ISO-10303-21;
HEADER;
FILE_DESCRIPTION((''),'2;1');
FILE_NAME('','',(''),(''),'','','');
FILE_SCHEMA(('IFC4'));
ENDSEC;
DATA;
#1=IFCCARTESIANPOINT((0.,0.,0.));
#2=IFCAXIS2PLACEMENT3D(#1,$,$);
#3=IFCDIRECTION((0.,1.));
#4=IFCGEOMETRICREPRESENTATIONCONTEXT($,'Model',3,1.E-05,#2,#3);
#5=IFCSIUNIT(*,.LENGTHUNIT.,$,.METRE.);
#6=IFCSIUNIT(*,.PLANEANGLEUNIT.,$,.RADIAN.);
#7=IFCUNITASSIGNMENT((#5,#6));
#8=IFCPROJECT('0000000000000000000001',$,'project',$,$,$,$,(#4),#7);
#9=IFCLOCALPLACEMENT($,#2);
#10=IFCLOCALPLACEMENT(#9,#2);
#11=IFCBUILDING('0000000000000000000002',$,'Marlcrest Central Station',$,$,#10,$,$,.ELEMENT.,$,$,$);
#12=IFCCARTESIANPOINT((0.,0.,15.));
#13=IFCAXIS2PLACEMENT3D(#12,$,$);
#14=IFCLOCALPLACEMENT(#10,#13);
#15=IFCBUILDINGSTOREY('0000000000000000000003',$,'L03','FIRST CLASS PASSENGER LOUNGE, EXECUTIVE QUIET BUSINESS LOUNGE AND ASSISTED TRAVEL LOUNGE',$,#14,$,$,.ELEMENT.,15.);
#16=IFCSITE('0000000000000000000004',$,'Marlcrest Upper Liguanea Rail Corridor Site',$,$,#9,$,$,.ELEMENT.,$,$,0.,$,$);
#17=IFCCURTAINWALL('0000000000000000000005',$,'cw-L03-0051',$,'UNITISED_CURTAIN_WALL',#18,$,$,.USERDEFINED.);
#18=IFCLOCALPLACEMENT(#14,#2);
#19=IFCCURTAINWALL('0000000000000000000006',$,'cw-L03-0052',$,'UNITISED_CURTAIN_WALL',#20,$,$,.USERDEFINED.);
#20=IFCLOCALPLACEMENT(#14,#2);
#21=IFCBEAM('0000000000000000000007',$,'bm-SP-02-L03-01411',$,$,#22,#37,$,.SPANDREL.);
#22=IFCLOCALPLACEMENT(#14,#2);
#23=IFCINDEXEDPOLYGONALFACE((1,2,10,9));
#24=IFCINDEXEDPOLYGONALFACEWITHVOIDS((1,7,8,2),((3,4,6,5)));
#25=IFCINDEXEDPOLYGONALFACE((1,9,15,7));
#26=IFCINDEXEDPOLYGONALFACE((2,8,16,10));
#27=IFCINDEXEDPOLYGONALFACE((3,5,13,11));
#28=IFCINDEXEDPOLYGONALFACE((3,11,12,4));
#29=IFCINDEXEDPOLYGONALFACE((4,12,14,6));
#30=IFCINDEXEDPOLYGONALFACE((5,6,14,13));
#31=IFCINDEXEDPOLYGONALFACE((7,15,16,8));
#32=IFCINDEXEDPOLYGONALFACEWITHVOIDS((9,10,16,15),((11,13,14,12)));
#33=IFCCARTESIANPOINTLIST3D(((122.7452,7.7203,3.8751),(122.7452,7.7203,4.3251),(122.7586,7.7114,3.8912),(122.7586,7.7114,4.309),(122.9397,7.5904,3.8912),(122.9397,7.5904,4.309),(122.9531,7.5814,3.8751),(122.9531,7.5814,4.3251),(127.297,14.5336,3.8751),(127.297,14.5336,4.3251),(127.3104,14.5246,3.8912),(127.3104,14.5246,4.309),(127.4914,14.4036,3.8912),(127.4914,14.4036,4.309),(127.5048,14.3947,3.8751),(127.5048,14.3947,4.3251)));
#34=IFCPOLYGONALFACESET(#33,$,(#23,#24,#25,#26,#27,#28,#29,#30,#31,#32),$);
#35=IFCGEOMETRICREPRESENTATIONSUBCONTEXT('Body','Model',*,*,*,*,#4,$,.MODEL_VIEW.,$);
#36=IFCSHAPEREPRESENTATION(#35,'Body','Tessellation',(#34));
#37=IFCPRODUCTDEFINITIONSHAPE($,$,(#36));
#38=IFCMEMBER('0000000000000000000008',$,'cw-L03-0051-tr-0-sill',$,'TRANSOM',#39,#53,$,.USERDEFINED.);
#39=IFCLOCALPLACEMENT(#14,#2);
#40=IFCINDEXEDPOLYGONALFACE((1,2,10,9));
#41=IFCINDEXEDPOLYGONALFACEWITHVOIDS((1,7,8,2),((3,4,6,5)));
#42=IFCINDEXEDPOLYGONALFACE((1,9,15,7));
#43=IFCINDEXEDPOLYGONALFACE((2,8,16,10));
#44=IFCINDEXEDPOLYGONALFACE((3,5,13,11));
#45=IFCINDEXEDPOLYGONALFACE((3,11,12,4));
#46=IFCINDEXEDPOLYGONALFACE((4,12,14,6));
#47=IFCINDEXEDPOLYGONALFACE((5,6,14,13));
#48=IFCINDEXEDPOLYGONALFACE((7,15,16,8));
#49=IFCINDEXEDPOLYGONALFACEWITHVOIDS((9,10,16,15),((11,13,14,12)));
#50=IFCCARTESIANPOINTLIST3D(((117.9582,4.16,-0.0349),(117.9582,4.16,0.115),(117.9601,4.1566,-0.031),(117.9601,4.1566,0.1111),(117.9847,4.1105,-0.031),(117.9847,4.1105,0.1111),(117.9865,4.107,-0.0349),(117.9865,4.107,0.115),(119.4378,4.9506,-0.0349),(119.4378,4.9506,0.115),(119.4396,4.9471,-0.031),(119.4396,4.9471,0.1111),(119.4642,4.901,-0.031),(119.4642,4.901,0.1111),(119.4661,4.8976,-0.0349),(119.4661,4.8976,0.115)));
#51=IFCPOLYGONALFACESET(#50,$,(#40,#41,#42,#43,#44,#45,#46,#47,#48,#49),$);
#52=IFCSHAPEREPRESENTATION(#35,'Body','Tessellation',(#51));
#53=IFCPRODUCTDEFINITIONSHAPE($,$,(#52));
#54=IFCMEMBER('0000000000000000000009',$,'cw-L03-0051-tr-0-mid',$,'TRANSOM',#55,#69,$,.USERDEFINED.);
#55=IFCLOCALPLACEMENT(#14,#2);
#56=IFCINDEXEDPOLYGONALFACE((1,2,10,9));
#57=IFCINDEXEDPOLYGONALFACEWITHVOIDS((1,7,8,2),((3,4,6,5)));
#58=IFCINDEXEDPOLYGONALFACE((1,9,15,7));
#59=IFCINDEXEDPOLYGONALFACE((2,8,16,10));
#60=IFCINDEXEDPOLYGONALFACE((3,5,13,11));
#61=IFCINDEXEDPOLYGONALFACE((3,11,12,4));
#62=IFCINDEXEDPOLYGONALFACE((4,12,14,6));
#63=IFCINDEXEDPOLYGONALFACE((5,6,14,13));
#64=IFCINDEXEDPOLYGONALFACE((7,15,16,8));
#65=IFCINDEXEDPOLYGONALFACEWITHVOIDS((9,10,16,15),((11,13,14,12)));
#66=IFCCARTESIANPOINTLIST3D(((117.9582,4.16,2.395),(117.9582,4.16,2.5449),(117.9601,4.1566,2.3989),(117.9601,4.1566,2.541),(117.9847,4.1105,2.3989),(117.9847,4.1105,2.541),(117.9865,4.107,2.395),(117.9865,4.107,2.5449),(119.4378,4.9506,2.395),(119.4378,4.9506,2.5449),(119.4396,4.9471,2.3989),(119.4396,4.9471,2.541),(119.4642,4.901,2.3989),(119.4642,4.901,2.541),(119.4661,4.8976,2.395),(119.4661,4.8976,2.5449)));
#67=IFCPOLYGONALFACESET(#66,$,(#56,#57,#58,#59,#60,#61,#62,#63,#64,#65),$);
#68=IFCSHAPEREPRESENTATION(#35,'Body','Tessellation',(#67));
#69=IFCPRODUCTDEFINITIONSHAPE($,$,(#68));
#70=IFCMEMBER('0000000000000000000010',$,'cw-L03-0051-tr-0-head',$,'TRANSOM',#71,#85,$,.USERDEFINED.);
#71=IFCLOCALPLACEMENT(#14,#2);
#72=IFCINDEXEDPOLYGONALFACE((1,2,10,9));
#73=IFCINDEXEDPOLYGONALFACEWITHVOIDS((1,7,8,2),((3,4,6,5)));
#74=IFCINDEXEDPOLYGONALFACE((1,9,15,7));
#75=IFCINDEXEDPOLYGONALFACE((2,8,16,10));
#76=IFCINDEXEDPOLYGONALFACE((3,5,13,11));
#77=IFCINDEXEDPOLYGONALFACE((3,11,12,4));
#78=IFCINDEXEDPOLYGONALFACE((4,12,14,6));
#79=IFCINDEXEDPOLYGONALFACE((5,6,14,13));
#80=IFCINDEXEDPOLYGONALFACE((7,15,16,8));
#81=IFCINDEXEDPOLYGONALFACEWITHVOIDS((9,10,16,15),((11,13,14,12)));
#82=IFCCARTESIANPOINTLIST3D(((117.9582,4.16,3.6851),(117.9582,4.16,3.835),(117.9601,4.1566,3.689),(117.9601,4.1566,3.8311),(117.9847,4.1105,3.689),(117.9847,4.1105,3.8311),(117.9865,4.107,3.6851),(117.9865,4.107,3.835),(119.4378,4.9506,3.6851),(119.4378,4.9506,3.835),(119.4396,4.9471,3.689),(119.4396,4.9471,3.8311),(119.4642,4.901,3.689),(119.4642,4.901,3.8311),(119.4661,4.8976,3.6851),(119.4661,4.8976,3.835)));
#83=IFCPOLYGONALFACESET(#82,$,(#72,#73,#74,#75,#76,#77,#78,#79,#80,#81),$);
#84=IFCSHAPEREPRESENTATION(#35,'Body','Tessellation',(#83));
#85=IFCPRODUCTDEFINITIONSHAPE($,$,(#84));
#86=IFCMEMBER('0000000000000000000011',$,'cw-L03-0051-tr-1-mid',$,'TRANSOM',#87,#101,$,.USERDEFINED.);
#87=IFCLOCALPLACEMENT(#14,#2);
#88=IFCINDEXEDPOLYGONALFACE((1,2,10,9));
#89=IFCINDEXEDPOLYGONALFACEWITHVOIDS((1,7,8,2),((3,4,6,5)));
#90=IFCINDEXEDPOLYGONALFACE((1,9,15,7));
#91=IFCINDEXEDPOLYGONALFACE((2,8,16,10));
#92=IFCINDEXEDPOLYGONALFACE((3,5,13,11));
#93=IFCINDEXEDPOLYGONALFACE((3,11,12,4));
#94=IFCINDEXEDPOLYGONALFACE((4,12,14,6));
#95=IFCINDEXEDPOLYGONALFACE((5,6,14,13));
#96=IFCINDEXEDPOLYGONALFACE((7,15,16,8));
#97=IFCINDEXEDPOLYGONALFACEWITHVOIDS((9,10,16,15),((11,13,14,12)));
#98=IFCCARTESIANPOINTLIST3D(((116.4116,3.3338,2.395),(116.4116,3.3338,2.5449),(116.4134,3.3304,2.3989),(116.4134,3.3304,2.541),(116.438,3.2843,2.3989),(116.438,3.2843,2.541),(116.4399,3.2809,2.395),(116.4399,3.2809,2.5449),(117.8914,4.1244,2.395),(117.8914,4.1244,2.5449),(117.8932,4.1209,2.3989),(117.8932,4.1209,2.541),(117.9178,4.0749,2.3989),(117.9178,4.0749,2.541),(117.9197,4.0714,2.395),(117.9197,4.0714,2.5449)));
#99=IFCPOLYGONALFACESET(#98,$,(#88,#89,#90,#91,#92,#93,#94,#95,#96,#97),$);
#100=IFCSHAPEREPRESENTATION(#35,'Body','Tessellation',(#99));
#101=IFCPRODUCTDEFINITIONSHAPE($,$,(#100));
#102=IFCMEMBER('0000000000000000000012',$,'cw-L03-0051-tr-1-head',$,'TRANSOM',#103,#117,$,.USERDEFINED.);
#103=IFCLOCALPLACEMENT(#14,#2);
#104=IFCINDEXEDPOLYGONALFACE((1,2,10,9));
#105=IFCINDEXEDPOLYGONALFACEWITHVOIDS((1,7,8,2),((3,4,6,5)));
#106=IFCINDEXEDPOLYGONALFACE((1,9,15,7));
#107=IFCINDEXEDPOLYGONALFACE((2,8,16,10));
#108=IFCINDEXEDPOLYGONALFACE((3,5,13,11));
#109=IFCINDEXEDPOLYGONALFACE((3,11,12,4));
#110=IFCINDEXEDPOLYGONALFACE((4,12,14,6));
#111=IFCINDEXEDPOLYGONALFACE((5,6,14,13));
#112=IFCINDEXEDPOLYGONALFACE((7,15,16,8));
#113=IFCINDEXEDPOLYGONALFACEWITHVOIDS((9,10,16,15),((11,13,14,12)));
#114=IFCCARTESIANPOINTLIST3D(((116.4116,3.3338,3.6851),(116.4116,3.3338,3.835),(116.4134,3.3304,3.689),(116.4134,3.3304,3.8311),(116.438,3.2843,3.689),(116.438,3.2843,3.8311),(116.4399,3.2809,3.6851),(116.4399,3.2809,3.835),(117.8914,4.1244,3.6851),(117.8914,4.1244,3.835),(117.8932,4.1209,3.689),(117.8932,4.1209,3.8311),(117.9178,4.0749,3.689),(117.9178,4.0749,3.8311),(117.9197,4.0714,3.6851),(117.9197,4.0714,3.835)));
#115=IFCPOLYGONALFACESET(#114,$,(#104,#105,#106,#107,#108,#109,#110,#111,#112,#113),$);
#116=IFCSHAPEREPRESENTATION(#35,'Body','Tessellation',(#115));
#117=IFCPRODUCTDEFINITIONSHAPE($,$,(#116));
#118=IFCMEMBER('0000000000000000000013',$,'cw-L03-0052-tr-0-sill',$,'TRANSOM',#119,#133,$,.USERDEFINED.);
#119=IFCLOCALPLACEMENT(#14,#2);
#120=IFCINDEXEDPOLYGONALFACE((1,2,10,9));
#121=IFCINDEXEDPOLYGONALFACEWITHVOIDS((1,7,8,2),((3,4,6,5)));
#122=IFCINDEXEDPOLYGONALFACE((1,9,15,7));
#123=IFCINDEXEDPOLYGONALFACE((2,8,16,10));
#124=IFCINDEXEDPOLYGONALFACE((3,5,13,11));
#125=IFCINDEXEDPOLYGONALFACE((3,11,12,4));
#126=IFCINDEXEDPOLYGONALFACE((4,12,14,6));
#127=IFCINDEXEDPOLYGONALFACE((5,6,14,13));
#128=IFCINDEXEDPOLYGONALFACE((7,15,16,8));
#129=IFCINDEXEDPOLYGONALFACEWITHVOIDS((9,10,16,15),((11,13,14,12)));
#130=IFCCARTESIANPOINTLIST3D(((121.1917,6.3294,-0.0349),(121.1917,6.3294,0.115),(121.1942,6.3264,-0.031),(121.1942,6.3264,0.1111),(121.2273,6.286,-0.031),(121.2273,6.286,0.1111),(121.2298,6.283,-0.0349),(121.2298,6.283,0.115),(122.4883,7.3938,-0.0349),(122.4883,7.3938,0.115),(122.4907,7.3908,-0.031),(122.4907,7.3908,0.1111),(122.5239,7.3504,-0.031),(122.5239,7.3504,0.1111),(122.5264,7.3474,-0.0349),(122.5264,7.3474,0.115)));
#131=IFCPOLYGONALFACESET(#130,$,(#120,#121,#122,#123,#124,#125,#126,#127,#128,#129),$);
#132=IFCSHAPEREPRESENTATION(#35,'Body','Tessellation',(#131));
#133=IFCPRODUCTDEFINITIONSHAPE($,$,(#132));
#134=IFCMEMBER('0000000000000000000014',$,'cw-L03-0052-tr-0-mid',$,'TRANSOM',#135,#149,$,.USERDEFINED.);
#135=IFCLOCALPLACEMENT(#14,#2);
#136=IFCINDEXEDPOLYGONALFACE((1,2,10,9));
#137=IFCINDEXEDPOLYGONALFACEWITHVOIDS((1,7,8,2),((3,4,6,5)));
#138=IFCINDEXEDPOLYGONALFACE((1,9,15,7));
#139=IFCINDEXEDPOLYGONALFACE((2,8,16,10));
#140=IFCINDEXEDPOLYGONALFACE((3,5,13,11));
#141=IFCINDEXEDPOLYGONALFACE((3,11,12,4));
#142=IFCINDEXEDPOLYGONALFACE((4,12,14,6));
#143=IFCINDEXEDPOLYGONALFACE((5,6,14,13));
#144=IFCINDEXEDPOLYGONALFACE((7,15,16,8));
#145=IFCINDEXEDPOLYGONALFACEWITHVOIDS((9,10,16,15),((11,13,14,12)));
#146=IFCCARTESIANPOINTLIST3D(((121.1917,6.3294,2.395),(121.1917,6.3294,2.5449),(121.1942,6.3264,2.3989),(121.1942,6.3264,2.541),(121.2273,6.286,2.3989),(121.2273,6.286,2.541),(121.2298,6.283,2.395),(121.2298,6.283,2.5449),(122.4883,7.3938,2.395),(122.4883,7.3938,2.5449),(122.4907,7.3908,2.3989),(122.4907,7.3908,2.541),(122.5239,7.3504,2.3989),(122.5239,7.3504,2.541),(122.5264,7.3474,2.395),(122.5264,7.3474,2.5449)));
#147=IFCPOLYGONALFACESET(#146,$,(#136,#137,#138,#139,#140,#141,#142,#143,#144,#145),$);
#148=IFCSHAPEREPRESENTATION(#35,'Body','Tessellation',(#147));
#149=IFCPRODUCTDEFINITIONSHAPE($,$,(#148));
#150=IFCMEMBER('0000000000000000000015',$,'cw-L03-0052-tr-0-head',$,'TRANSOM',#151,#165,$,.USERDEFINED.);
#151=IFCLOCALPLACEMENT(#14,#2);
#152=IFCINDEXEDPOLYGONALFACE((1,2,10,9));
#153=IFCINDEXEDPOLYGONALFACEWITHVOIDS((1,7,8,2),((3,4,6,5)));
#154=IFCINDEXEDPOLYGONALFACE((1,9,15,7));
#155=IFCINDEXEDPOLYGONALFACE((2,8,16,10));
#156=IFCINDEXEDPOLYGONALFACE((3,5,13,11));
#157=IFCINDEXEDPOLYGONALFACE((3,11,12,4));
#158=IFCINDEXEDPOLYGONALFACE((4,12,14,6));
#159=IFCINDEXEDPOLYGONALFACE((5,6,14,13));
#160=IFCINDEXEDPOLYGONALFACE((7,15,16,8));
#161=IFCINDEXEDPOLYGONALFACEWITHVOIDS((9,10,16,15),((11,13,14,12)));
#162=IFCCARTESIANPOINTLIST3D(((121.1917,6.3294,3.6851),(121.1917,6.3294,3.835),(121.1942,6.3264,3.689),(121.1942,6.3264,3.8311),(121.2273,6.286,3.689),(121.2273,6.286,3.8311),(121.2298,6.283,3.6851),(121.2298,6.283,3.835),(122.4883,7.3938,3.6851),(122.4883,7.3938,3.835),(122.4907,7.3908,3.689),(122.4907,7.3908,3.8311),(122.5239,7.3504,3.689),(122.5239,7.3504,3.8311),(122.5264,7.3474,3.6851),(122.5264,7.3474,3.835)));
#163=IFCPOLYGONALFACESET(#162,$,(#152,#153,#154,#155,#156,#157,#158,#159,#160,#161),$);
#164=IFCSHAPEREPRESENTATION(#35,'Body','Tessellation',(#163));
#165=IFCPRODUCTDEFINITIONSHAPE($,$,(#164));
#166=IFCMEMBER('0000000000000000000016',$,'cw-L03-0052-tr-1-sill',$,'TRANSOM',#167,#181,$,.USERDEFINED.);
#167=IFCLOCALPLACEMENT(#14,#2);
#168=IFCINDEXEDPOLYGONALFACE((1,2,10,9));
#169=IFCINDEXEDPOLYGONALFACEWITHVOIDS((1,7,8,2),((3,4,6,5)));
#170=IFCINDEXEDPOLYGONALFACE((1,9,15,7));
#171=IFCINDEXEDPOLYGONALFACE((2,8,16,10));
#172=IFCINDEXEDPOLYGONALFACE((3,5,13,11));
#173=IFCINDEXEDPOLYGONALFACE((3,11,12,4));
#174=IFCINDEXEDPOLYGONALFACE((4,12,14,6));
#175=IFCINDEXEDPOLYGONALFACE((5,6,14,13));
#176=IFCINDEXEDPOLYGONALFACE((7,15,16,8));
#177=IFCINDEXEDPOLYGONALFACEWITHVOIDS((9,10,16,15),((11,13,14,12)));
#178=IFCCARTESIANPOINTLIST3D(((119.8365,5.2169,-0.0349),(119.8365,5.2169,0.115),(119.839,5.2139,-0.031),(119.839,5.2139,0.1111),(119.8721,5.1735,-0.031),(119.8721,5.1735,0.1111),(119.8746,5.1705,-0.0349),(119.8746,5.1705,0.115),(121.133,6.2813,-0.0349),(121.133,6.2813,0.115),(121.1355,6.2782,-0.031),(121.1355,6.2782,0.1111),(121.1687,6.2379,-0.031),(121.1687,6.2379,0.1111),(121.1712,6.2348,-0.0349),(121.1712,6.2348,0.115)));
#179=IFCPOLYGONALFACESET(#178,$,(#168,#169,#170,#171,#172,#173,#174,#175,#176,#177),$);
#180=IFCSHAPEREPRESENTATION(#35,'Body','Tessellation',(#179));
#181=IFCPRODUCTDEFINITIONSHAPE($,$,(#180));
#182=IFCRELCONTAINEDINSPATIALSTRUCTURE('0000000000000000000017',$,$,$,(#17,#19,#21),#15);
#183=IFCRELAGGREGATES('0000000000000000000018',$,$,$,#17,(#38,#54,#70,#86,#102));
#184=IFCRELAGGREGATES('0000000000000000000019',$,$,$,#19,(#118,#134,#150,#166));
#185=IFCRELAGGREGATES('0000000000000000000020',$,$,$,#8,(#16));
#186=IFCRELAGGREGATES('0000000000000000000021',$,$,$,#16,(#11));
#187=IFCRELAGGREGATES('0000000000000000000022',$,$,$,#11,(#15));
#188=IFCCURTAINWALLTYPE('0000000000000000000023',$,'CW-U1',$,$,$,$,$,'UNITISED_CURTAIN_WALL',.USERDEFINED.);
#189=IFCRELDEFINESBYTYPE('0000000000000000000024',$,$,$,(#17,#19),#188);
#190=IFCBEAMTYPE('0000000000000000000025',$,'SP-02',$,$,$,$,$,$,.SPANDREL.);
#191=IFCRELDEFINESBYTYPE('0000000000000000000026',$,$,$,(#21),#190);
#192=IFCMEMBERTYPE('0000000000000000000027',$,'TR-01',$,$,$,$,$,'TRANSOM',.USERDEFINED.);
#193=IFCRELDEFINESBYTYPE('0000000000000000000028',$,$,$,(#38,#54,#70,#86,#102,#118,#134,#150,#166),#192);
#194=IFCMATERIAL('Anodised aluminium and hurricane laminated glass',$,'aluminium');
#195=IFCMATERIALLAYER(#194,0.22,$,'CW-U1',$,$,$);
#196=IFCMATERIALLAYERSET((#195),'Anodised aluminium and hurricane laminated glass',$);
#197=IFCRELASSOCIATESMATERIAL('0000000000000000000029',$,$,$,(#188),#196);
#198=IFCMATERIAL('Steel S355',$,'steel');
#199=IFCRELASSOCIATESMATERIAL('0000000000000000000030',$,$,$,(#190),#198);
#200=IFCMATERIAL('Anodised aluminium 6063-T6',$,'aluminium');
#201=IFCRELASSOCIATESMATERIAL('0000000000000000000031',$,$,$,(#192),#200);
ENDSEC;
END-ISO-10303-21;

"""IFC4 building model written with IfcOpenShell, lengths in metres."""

from ifc_helpers import new_model, si_unit, direction, frame, origin, origin_2d, place, context, subcontext, project, spatial, hollow_rectangle, extrude, material, layer, layer_set, material_profile, profile_set, type_object, element, aggregate, save


model = new_model("IFC4")

# Units and contexts
model_context = context("Model", 3, precision=1e-05, world=origin(), true_north=direction((0.0, 1.0)))
body_context = subcontext(model_context, "Body", "Model", "MODEL_VIEW")
ifc_project = project(units=[si_unit("LENGTHUNIT", "METRE"), si_unit("PLANEANGLEUNIT", "RADIAN")], contexts=[model_context])

# Site, building, storey
site_placement = place(None, origin())
site = spatial("IfcSite", under=ifc_project, at=site_placement, Name="Marlcrest Upper Liguanea Rail Corridor Site", CompositionType="ELEMENT", RefElevation=0.0)
building_placement = place(site_placement, origin())
building = spatial("IfcBuilding", under=site, at=building_placement, Name="Marlcrest Central Station", CompositionType="ELEMENT")
storey_placement = place(building_placement, frame((0.0, 0.0, 15.0)))
storey = spatial("IfcBuildingStorey", under=building, at=storey_placement, Name="L03", Description="FIRST CLASS PASSENGER LOUNGE, EXECUTIVE QUIET BUSINESS LOUNGE AND ASSISTED TRAVEL LOUNGE", CompositionType="ELEMENT", Elevation=15.0)

# Shared definitions
ifc_material_1 = material(Name="Steel S355", Category="steel")

# Curtain walls
ifc_material_2 = material(Name="Anodised aluminium and hurricane laminated glass", Category="aluminium")
ifc_layer_1 = layer(ifc_material_2, 0.22, Name="CW-U1")
ifc_layer_set_1 = layer_set([ifc_layer_1], Name="Anodised aluminium and hurricane laminated glass")
curtain_wall_type = type_object("IfcCurtainWallType", Name="CW-U1", ElementType="UNITISED_CURTAIN_WALL", PredefinedType="USERDEFINED", material=ifc_layer_set_1)
curtain_wall_1_placement = place(storey_placement, origin())
curtain_wall_1 = element("IfcCurtainWall", 1, at=curtain_wall_1_placement, inside=storey, type_object=curtain_wall_type, Name="cw-L03-0051", ObjectType="UNITISED_CURTAIN_WALL", PredefinedType="USERDEFINED")
ifc_material_3 = material(Name="Anodised aluminium 6063-T6", Category="aluminium")
curtain_wall_2_placement = place(storey_placement, origin())
curtain_wall_2 = element("IfcCurtainWall", 2, at=curtain_wall_2_placement, inside=storey, type_object=curtain_wall_type, Name="cw-L03-0052", ObjectType="UNITISED_CURTAIN_WALL", PredefinedType="USERDEFINED")

# Beam
ifc_material_profile_1 = material_profile(ifc_material_1, hollow_rectangle(XDim=0.25, YDim=0.45, WallThickness=0.0161, at=origin_2d()), Name="RHS 450x250x16")
ifc_profile_set_1 = profile_set([ifc_material_profile_1], Name="Steel S355")
beam_type = type_object("IfcBeamType", Name="SP-02", PredefinedType="SPANDREL", material=ifc_profile_set_1)
beam_placement = place(storey_placement, frame((122.8491, 7.6509, 4.1001), z_axis=(0.555511, 0.831509, 0.0), x_axis=(-0.831509, 0.555511, 0.0)))
element("IfcBeam", 3, at=beam_placement, inside=storey, type_object=beam_type, Name="bm-SP-02-L03-01411", PredefinedType="SPANDREL", context=body_context, shape_type="SweptSolid", body=[
    extrude(hollow_rectangle(XDim=0.25, YDim=0.45, WallThickness=0.0161, at=origin_2d()), origin(), (0.0, 0.0, 1.0), 8.1938),
])

# Members
ifc_material_profile_2 = material_profile(ifc_material_3, hollow_rectangle(XDim=0.0601, YDim=0.1499, WallThickness=0.0039, at=origin_2d()), Name="AA-RHS 150x60x4")
ifc_profile_set_2 = profile_set([ifc_material_profile_2], Name="Anodised aluminium 6063-T6")
member_type_1 = type_object("IfcMemberType", Name="TR-01", ElementType="TRANSOM", PredefinedType="USERDEFINED", material=ifc_profile_set_2)
member_1_placement = place(storey_placement, frame((119.4519, 4.9241, 0.04), z_axis=(-0.88199, -0.471268, 0.0), x_axis=(0.471268, -0.88199, 0.0)))
member_1 = element("IfcMember", 4, at=member_1_placement, type_object=member_type_1, Name="cw-L03-0051-tr-0-sill", ObjectType="TRANSOM", PredefinedType="USERDEFINED", context=body_context, shape_type="SweptSolid", body=[
    extrude(hollow_rectangle(XDim=0.0601, YDim=0.1499, WallThickness=0.0039, at=origin_2d()), origin(), (0.0, 0.0, 1.0), 1.6775),
])
member_2_placement = place(storey_placement, frame((119.4519, 4.9241, 2.47), z_axis=(-0.88199, -0.471268, 0.0), x_axis=(0.471268, -0.88199, 0.0)))
member_2 = element("IfcMember", 5, at=member_2_placement, type_object=member_type_1, Name="cw-L03-0051-tr-0-mid", ObjectType="TRANSOM", PredefinedType="USERDEFINED", context=body_context, shape_type="SweptSolid", body=[
    extrude(hollow_rectangle(XDim=0.0601, YDim=0.1499, WallThickness=0.0039, at=origin_2d()), origin(), (0.0, 0.0, 1.0), 1.6775),
])
member_3_placement = place(storey_placement, frame((119.4519, 4.9241, 3.76), z_axis=(-0.88199, -0.471268, 0.0), x_axis=(0.471268, -0.88199, 0.0)))
member_3 = element("IfcMember", 6, at=member_3_placement, type_object=member_type_1, Name="cw-L03-0051-tr-0-head", ObjectType="TRANSOM", PredefinedType="USERDEFINED", context=body_context, shape_type="SweptSolid", body=[
    extrude(hollow_rectangle(XDim=0.0601, YDim=0.1499, WallThickness=0.0039, at=origin_2d()), origin(), (0.0, 0.0, 1.0), 1.6775),
])
member_4_placement = place(storey_placement, frame((117.9055, 4.0979, 2.47), z_axis=(-0.882022, -0.471207, 0.0), x_axis=(0.471207, -0.882022, 0.0)))
member_4 = element("IfcMember", 7, at=member_4_placement, type_object=member_type_1, Name="cw-L03-0051-tr-1-mid", ObjectType="TRANSOM", PredefinedType="USERDEFINED", context=body_context, shape_type="SweptSolid", body=[
    extrude(hollow_rectangle(XDim=0.0601, YDim=0.1499, WallThickness=0.0039, at=origin_2d()), origin(), (0.0, 0.0, 1.0), 1.6777),
])
member_5_placement = place(storey_placement, frame((117.9055, 4.0979, 3.76), z_axis=(-0.882022, -0.471207, 0.0), x_axis=(0.471207, -0.882022, 0.0)))
member_5 = element("IfcMember", 8, at=member_5_placement, type_object=member_type_1, Name="cw-L03-0051-tr-1-head", ObjectType="TRANSOM", PredefinedType="USERDEFINED", context=body_context, shape_type="SweptSolid", body=[
    extrude(hollow_rectangle(XDim=0.0601, YDim=0.1499, WallThickness=0.0039, at=origin_2d()), origin(), (0.0, 0.0, 1.0), 1.6777),
])
member_6_placement = place(storey_placement, frame((122.5073, 7.3706, 0.04), z_axis=(-0.772912, -0.634513, 0.0), x_axis=(0.634513, -0.772912, 0.0)))
member_6 = element("IfcMember", 9, at=member_6_placement, type_object=member_type_1, Name="cw-L03-0052-tr-0-sill", ObjectType="TRANSOM", PredefinedType="USERDEFINED", context=body_context, shape_type="SweptSolid", body=[
    extrude(hollow_rectangle(XDim=0.0601, YDim=0.1499, WallThickness=0.0039, at=origin_2d()), origin(), (0.0, 0.0, 1.0), 1.6775),
])
member_7_placement = place(storey_placement, frame((122.5073, 7.3706, 2.47), z_axis=(-0.772912, -0.634513, 0.0), x_axis=(0.634513, -0.772912, 0.0)))
member_7 = element("IfcMember", 10, at=member_7_placement, type_object=member_type_1, Name="cw-L03-0052-tr-0-mid", ObjectType="TRANSOM", PredefinedType="USERDEFINED", context=body_context, shape_type="SweptSolid", body=[
    extrude(hollow_rectangle(XDim=0.0601, YDim=0.1499, WallThickness=0.0039, at=origin_2d()), origin(), (0.0, 0.0, 1.0), 1.6775),
])
member_8_placement = place(storey_placement, frame((122.5073, 7.3706, 3.76), z_axis=(-0.772912, -0.634513, 0.0), x_axis=(0.634513, -0.772912, 0.0)))
member_8 = element("IfcMember", 11, at=member_8_placement, type_object=member_type_1, Name="cw-L03-0052-tr-0-head", ObjectType="TRANSOM", PredefinedType="USERDEFINED", context=body_context, shape_type="SweptSolid", body=[
    extrude(hollow_rectangle(XDim=0.0601, YDim=0.1499, WallThickness=0.0039, at=origin_2d()), origin(), (0.0, 0.0, 1.0), 1.6775),
])
member_9_placement = place(storey_placement, frame((121.1521, 6.2581, 0.04), z_axis=(-0.772912, -0.634513, 0.0), x_axis=(0.634513, -0.772912, 0.0)))
member_9 = element("IfcMember", 12, at=member_9_placement, type_object=member_type_1, Name="cw-L03-0052-tr-1-sill", ObjectType="TRANSOM", PredefinedType="USERDEFINED", context=body_context, shape_type="SweptSolid", body=[
    extrude(hollow_rectangle(XDim=0.0601, YDim=0.1499, WallThickness=0.0039, at=origin_2d()), origin(), (0.0, 0.0, 1.0), 1.6775),
])

aggregate(curtain_wall_1, [member_1, member_2, member_3, member_4, member_5])
aggregate(curtain_wall_2, [member_6, member_7, member_8, member_9])

save(model, "model.ifc")
